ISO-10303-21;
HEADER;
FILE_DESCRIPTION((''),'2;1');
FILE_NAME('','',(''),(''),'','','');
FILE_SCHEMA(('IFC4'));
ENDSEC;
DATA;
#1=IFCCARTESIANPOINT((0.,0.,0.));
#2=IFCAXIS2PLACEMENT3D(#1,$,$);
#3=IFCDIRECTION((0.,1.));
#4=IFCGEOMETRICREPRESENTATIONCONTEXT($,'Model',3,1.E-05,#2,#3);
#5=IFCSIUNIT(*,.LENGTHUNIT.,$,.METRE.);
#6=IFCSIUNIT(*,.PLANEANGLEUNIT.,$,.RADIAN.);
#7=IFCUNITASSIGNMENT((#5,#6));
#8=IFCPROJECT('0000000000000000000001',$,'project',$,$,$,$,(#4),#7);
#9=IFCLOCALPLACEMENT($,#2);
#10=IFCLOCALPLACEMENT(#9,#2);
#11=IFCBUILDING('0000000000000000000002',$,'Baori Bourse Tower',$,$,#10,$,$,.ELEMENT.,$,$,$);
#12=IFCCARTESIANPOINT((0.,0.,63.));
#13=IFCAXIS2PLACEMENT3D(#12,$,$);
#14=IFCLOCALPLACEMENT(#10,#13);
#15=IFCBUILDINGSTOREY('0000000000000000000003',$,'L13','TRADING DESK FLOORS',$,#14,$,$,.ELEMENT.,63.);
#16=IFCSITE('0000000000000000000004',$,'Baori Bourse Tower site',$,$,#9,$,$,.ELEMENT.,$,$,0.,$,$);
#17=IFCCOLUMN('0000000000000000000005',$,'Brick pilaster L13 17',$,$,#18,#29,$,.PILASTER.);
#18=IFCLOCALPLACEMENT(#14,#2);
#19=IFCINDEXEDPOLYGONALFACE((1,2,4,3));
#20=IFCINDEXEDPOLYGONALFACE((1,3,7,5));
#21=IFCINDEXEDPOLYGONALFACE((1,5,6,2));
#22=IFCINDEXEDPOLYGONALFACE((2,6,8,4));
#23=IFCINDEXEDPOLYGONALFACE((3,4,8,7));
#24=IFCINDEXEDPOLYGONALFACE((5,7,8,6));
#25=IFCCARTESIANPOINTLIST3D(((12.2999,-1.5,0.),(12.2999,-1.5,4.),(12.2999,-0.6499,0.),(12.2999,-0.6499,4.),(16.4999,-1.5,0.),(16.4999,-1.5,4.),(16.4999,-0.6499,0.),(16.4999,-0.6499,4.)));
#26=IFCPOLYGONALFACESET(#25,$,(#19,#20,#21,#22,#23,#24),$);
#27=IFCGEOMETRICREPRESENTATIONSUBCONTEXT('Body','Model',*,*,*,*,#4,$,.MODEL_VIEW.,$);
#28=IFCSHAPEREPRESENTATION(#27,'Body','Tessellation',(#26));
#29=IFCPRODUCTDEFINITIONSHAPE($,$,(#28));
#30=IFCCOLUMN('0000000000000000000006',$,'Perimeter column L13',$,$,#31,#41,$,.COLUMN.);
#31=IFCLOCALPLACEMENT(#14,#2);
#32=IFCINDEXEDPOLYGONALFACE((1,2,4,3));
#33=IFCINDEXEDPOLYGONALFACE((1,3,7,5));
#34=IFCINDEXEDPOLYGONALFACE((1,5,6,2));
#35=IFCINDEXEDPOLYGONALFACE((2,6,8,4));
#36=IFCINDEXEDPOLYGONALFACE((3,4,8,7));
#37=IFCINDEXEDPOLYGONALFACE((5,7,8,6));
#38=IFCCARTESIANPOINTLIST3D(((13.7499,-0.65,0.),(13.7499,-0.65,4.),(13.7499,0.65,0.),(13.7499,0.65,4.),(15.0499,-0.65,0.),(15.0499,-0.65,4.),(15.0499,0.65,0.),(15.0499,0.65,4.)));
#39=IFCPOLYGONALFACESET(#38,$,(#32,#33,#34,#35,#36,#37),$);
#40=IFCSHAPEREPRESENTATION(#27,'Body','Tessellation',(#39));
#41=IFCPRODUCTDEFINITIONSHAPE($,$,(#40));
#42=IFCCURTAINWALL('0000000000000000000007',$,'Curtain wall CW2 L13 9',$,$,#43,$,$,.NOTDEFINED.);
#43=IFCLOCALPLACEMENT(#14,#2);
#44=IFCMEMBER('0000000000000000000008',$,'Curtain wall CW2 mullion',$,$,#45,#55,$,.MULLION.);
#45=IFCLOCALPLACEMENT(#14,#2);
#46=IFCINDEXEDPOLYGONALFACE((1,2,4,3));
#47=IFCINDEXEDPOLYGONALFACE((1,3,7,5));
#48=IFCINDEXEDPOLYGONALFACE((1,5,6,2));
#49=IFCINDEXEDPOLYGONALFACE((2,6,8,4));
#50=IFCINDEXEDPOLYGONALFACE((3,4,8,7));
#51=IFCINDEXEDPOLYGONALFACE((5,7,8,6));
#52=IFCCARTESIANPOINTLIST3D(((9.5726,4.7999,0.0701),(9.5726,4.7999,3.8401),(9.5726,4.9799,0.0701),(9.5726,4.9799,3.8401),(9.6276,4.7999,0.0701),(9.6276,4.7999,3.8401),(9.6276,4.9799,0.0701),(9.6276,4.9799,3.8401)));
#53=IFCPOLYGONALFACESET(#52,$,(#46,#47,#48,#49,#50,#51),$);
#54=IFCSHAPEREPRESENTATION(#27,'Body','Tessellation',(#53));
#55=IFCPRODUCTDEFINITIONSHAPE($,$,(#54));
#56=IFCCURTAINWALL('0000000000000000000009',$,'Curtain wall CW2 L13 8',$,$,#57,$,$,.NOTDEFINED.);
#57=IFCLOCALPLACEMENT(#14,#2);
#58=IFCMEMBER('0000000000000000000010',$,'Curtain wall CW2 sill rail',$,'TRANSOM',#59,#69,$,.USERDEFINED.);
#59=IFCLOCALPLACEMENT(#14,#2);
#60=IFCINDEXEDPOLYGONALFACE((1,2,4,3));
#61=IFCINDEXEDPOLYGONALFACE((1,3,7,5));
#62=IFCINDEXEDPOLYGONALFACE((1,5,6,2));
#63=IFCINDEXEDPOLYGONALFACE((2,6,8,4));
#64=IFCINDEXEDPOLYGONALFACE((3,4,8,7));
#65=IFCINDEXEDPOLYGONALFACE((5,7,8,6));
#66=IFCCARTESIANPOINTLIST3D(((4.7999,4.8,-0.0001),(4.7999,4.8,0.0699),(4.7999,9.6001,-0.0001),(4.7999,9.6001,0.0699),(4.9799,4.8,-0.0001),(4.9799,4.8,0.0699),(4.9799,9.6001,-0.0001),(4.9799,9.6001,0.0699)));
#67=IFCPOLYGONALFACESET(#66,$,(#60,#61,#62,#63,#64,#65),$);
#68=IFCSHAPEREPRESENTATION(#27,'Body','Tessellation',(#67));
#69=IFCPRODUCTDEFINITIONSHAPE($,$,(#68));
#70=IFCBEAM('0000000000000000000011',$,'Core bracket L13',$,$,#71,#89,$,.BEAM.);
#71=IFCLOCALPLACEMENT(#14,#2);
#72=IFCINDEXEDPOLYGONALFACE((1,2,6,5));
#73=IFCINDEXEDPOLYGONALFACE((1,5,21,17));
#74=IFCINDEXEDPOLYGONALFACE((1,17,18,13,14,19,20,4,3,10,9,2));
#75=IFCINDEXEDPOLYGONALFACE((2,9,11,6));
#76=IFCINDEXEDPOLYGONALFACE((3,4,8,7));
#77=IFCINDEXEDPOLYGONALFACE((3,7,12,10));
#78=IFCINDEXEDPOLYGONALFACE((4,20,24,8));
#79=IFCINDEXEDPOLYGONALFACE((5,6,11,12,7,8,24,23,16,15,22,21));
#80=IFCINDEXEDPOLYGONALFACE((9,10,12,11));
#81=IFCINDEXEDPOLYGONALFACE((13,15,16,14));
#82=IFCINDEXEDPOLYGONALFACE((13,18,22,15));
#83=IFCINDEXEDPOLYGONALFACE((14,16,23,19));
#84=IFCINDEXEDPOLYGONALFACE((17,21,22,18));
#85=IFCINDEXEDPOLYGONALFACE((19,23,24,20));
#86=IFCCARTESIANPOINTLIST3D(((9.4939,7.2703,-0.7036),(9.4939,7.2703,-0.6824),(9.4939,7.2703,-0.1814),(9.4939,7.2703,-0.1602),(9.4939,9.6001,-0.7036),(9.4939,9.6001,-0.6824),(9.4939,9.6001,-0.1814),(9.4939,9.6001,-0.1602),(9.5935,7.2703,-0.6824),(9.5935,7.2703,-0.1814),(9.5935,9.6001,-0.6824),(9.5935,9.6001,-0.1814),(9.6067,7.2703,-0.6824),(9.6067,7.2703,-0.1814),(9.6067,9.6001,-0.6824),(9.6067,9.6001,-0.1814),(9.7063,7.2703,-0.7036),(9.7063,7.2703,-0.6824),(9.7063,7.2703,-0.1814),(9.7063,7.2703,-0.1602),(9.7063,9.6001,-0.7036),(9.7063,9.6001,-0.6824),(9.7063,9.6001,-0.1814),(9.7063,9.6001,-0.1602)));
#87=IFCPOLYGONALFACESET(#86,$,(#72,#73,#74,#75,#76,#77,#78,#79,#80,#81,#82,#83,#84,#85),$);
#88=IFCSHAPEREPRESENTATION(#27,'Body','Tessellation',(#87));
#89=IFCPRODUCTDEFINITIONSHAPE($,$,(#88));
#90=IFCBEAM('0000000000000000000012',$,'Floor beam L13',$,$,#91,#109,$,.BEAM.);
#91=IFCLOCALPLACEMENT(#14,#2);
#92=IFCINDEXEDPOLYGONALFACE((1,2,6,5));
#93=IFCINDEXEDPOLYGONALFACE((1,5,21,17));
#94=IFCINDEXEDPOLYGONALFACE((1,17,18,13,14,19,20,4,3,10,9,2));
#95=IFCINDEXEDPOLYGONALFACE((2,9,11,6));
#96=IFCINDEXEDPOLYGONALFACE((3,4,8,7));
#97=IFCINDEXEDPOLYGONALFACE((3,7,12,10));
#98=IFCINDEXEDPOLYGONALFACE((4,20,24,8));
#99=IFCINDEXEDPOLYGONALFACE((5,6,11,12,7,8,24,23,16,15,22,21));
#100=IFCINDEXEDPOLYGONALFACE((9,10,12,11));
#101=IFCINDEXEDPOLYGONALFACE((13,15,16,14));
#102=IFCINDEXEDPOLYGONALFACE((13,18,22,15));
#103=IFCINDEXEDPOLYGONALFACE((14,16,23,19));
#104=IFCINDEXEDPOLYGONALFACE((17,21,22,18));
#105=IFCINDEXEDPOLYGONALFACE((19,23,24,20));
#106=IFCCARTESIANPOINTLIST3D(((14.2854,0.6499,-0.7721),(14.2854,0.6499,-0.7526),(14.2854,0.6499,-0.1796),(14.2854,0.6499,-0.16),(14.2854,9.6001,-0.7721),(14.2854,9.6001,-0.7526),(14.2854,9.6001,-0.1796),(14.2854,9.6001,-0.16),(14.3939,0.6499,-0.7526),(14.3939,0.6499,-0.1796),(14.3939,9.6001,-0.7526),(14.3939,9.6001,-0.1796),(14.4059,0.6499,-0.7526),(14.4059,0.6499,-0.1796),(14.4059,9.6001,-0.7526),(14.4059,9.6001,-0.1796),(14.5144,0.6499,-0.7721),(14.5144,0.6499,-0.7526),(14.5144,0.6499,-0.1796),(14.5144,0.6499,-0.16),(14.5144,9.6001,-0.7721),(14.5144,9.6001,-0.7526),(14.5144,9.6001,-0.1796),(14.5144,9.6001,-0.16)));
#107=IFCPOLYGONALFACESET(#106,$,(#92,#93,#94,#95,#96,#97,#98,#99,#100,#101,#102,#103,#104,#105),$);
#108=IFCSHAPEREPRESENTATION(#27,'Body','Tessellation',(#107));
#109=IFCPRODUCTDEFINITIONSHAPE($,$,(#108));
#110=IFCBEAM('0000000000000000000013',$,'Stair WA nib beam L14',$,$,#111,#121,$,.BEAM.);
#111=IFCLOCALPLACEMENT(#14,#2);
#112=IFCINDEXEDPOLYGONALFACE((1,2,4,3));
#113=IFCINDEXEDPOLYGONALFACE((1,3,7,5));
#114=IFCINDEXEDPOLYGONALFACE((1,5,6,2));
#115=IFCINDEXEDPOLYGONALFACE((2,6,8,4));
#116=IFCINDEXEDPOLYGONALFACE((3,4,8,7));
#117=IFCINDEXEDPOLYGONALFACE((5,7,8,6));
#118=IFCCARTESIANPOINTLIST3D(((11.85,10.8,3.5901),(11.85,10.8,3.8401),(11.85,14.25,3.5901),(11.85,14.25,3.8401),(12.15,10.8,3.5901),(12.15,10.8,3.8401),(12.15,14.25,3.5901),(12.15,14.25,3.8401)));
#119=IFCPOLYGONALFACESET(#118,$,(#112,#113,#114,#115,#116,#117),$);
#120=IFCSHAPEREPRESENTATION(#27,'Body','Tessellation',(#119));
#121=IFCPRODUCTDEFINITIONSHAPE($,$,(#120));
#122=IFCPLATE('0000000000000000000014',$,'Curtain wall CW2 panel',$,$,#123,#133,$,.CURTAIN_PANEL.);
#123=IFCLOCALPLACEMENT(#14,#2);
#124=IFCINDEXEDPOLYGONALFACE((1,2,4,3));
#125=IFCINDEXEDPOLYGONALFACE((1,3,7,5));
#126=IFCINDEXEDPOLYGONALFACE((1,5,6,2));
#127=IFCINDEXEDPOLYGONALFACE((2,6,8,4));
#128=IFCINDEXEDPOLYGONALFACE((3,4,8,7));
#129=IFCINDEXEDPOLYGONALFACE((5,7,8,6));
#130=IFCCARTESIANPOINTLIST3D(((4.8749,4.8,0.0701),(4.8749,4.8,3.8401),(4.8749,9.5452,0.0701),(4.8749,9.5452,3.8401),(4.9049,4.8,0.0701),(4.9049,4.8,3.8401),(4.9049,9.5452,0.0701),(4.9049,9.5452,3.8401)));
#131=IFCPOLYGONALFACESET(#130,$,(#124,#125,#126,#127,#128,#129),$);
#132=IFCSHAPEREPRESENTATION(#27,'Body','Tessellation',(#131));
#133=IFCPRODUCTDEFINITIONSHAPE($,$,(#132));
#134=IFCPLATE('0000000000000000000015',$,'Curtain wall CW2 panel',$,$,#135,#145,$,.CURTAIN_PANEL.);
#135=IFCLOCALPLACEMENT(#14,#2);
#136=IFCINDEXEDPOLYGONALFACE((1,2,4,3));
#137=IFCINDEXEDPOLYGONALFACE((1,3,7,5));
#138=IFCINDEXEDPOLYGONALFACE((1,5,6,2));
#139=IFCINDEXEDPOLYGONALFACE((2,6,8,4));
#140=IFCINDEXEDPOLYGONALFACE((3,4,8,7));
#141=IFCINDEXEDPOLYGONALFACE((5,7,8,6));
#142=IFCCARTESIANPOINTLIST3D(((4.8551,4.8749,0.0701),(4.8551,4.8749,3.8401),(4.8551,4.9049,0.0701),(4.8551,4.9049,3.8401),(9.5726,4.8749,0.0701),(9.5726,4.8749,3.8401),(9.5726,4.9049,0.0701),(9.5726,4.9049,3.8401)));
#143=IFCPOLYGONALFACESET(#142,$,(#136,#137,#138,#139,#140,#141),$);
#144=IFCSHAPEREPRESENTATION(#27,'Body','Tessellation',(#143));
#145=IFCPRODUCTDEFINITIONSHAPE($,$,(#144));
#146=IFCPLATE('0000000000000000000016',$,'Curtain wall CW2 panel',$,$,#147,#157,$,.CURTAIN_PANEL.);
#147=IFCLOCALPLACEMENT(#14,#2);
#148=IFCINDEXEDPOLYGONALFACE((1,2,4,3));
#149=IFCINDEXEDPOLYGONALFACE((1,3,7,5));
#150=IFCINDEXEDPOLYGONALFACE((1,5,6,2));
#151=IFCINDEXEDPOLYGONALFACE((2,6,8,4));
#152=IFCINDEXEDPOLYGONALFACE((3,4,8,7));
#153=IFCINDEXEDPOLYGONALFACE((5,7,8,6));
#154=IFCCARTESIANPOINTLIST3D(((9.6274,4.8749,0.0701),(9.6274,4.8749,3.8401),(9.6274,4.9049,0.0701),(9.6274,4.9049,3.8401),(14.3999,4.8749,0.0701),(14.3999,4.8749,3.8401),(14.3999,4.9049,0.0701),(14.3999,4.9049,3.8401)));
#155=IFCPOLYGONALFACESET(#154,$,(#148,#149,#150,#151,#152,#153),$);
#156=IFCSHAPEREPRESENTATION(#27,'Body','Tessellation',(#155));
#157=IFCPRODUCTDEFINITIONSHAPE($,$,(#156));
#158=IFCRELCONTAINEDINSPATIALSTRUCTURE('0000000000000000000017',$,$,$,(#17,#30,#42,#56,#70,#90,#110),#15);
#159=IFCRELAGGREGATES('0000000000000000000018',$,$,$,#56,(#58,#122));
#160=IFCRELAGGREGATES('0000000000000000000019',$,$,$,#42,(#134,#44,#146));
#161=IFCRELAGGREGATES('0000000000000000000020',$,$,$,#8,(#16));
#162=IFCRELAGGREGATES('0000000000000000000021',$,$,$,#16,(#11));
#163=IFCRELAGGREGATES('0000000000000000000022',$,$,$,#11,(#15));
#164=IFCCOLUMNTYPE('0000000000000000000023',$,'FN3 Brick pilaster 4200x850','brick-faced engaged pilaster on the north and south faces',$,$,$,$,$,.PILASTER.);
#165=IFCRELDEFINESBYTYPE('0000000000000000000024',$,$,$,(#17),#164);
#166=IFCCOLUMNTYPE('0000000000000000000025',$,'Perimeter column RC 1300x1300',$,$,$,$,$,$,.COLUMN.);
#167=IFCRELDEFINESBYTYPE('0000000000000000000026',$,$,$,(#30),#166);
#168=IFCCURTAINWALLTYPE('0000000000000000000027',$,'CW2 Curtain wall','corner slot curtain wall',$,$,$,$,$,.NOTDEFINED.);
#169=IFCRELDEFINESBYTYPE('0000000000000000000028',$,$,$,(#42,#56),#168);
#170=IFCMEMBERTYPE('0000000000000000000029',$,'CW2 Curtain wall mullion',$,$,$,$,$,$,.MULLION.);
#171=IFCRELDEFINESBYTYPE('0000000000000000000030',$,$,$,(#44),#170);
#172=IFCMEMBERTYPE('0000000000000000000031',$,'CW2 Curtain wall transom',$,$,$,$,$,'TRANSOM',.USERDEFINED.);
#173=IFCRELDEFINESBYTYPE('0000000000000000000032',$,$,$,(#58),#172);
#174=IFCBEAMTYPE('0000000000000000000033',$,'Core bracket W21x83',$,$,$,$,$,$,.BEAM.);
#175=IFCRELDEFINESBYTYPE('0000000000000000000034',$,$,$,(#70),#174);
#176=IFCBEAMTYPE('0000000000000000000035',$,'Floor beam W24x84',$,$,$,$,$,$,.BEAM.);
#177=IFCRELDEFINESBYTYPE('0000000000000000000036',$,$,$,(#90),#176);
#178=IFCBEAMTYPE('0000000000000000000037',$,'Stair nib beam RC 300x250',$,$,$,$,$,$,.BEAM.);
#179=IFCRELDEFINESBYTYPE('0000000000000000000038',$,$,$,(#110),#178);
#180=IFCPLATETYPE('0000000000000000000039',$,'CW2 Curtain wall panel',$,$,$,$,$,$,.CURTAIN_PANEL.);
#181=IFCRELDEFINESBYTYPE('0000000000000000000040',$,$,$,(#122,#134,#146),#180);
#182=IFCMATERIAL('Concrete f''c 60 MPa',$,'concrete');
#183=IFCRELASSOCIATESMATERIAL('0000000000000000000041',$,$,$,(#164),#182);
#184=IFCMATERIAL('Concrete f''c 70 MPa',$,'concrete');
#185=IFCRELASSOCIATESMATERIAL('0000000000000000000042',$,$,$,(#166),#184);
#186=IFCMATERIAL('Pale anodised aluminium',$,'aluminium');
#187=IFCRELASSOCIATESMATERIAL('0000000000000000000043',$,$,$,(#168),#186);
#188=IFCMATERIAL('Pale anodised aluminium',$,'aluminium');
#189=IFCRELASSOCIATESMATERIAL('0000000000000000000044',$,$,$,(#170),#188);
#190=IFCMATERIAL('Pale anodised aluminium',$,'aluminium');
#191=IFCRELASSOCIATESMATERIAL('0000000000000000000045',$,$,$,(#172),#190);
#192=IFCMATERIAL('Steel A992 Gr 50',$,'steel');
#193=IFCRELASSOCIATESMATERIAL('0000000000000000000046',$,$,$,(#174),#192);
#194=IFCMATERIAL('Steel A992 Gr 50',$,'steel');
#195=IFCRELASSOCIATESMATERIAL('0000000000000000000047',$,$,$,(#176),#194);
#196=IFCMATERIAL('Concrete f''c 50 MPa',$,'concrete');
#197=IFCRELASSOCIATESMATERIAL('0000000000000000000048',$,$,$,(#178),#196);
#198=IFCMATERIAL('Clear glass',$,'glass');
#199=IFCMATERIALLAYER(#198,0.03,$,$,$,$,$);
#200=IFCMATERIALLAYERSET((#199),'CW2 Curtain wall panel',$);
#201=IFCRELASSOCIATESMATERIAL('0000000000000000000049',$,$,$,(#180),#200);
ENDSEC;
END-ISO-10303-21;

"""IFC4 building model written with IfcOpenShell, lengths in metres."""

from ifc_helpers import new_model, si_unit, direction, frame, origin, origin_2d, place, context, subcontext, project, spatial, rectangle, i_section, extrude, material, layer, layer_set, material_profile, profile_set, type_object, element, aggregate, save


model = new_model("IFC4")

# Units and contexts
model_context = context("Model", 3, precision=1e-05, world=origin(), true_north=direction((0.0, 1.0)))
body_context = subcontext(model_context, "Body", "Model", "MODEL_VIEW")
ifc_project = project(units=[si_unit("LENGTHUNIT", "METRE"), si_unit("PLANEANGLEUNIT", "RADIAN")], contexts=[model_context])

# Site, building, storey
site_placement = place(None, origin())
site = spatial("IfcSite", under=ifc_project, at=site_placement, Name="Baori Bourse Tower site", CompositionType="ELEMENT", RefElevation=0.0)
building_placement = place(site_placement, origin())
building = spatial("IfcBuilding", under=site, at=building_placement, Name="Baori Bourse Tower", CompositionType="ELEMENT")
storey_placement = place(building_placement, frame((0.0, 0.0, 63.0)))
storey = spatial("IfcBuildingStorey", under=building, at=storey_placement, Name="L13", Description="TRADING DESK FLOORS", CompositionType="ELEMENT", Elevation=63.0)

# Columns
ifc_material_1 = material(Name="Concrete f'c 60 MPa", Category="concrete")
ifc_material_profile_1 = material_profile(ifc_material_1, rectangle(XDim=4.2, YDim=0.8501, at=origin_2d()), Name="RC 4200x850")
ifc_profile_set_1 = profile_set([ifc_material_profile_1], Name="Concrete f'c 60 MPa")
column_type_1 = type_object("IfcColumnType", Name="FN3 Brick pilaster 4200x850", Description="brick-faced engaged pilaster on the north and south faces", PredefinedType="PILASTER", material=ifc_profile_set_1)
column_1_placement = place(storey_placement, frame((14.3999, -1.075, 0.0), z_axis=(0.0, 0.0, 1.0), x_axis=(1.0, 0.0, 0.0)))
element("IfcColumn", 1, at=column_1_placement, inside=storey, type_object=column_type_1, Name="Brick pilaster L13 17", PredefinedType="PILASTER", context=body_context, shape_type="SweptSolid", body=[
    extrude(rectangle(XDim=4.2, YDim=0.8501, at=origin_2d()), origin(), (0.0, 0.0, 1.0), 4.0),
])
ifc_material_2 = material(Name="Concrete f'c 70 MPa", Category="concrete")
ifc_material_profile_2 = material_profile(ifc_material_2, rectangle(XDim=1.3, YDim=1.3, at=origin_2d()), Name="RC 1300x1300")
ifc_profile_set_2 = profile_set([ifc_material_profile_2], Name="Concrete f'c 70 MPa")
column_type_2 = type_object("IfcColumnType", Name="Perimeter column RC 1300x1300", PredefinedType="COLUMN", material=ifc_profile_set_2)
column_2_placement = place(storey_placement, frame((14.3999, 0.0, 0.0), z_axis=(0.0, 0.0, 1.0), x_axis=(1.0, 0.0, 0.0)))
element("IfcColumn", 2, at=column_2_placement, inside=storey, type_object=column_type_2, Name="Perimeter column L13", PredefinedType="COLUMN", context=body_context, shape_type="SweptSolid", body=[
    extrude(rectangle(XDim=1.3, YDim=1.3, at=origin_2d()), origin(), (0.0, 0.0, 1.0), 4.0),
])

# Curtain walls, members
ifc_material_3 = material(Name="Pale anodised aluminium", Category="aluminium")
curtain_wall_type = type_object("IfcCurtainWallType", Name="CW2 Curtain wall", Description="corner slot curtain wall", PredefinedType="NOTDEFINED", material=ifc_material_3)
curtain_wall_1_placement = place(storey_placement, origin())
curtain_wall_1 = element("IfcCurtainWall", 3, at=curtain_wall_1_placement, inside=storey, type_object=curtain_wall_type, Name="Curtain wall CW2 L13 9", PredefinedType="NOTDEFINED")
ifc_material_4 = material(Name="Pale anodised aluminium", Category="aluminium")
ifc_material_profile_3 = material_profile(ifc_material_4, rectangle(XDim=0.1799, YDim=0.0549, at=origin_2d()), Name="Mullion 55x180")
ifc_profile_set_3 = profile_set([ifc_material_profile_3], Name="Pale anodised aluminium")
member_type_1 = type_object("IfcMemberType", Name="CW2 Curtain wall mullion", PredefinedType="MULLION", material=ifc_profile_set_3)
member_1_placement = place(storey_placement, frame((9.6001, 4.8899, 0.0701), z_axis=(0.0, 0.0, 1.0), x_axis=(0.0, 1.0, 0.0)))
member_1 = element("IfcMember", 4, at=member_1_placement, type_object=member_type_1, Name="Curtain wall CW2 mullion", PredefinedType="MULLION", context=body_context, shape_type="SweptSolid", body=[
    extrude(rectangle(XDim=0.1799, YDim=0.0549, at=origin_2d()), origin(), (0.0, 0.0, 1.0), 3.77),
])
curtain_wall_2_placement = place(storey_placement, origin())
curtain_wall_2 = element("IfcCurtainWall", 5, at=curtain_wall_2_placement, inside=storey, type_object=curtain_wall_type, Name="Curtain wall CW2 L13 8", PredefinedType="NOTDEFINED")
ifc_material_5 = material(Name="Pale anodised aluminium", Category="aluminium")
ifc_material_profile_4 = material_profile(ifc_material_5, rectangle(XDim=0.1799, YDim=0.0701, at=origin_2d()), Name="Transom 70x180")
ifc_profile_set_4 = profile_set([ifc_material_profile_4], Name="Pale anodised aluminium")
member_type_2 = type_object("IfcMemberType", Name="CW2 Curtain wall transom", ElementType="TRANSOM", PredefinedType="USERDEFINED", material=ifc_profile_set_4)
member_2_placement = place(storey_placement, frame((4.8899, 9.6001, 0.0349), z_axis=(0.0, -1.0, 0.0), x_axis=(1.0, 0.0, 0.0)))
member_2 = element("IfcMember", 6, at=member_2_placement, type_object=member_type_2, Name="Curtain wall CW2 sill rail", ObjectType="TRANSOM", PredefinedType="USERDEFINED", context=body_context, shape_type="SweptSolid", body=[
    extrude(rectangle(XDim=0.1799, YDim=0.0701, at=origin_2d()), origin(), (0.0, 0.0, 1.0), 4.8),
])

# Beams
ifc_material_6 = material(Name="Steel A992 Gr 50", Category="steel")
ifc_material_profile_5 = material_profile(ifc_material_6, i_section(OverallWidth=0.2124, OverallDepth=0.5435, WebThickness=0.0132, FlangeThickness=0.0212, at=origin_2d()), Name="W21x83")
ifc_profile_set_5 = profile_set([ifc_material_profile_5], Name="Steel A992 Gr 50")
beam_type_1 = type_object("IfcBeamType", Name="Core bracket W21x83", PredefinedType="BEAM", material=ifc_profile_set_5)
beam_1_placement = place(storey_placement, frame((9.6001, 7.2703, -0.4319), z_axis=(0.0, 1.0, 0.0), x_axis=(-1.0, 0.0, 0.0)))
element("IfcBeam", 7, at=beam_1_placement, inside=storey, type_object=beam_type_1, Name="Core bracket L13", PredefinedType="BEAM", context=body_context, shape_type="SweptSolid", body=[
    extrude(i_section(OverallWidth=0.2124, OverallDepth=0.5435, WebThickness=0.0132, FlangeThickness=0.0212, at=origin_2d()), origin(), (0.0, 0.0, 1.0), 2.3298),
])
ifc_material_7 = material(Name="Steel A992 Gr 50", Category="steel")
ifc_material_profile_6 = material_profile(ifc_material_7, i_section(OverallWidth=0.229, OverallDepth=0.6121, WebThickness=0.012, FlangeThickness=0.0195, at=origin_2d()), Name="W24x84")
ifc_profile_set_6 = profile_set([ifc_material_profile_6], Name="Steel A992 Gr 50")
beam_type_2 = type_object("IfcBeamType", Name="Floor beam W24x84", PredefinedType="BEAM", material=ifc_profile_set_6)
beam_2_placement = place(storey_placement, frame((14.3999, 0.6499, -0.4661), z_axis=(0.0, 1.0, 0.0), x_axis=(-1.0, 0.0, 0.0)))
element("IfcBeam", 8, at=beam_2_placement, inside=storey, type_object=beam_type_2, Name="Floor beam L13", PredefinedType="BEAM", context=body_context, shape_type="SweptSolid", body=[
    extrude(i_section(OverallWidth=0.229, OverallDepth=0.6121, WebThickness=0.012, FlangeThickness=0.0195, at=origin_2d()), origin(), (0.0, 0.0, 1.0), 8.9502),
])
ifc_material_8 = material(Name="Concrete f'c 50 MPa", Category="concrete")
ifc_material_profile_7 = material_profile(ifc_material_8, rectangle(XDim=0.3, YDim=0.25, at=origin_2d()), Name="RC 300x250")
ifc_profile_set_7 = profile_set([ifc_material_profile_7], Name="Concrete f'c 50 MPa")
beam_type_3 = type_object("IfcBeamType", Name="Stair nib beam RC 300x250", PredefinedType="BEAM", material=ifc_profile_set_7)
beam_3_placement = place(storey_placement, frame((12.0, 10.8, 3.7151), z_axis=(0.0, 1.0, 0.0), x_axis=(-1.0, 0.0, 0.0)))
element("IfcBeam", 9, at=beam_3_placement, inside=storey, type_object=beam_type_3, Name="Stair WA nib beam L14", PredefinedType="BEAM", context=body_context, shape_type="SweptSolid", body=[
    extrude(rectangle(XDim=0.3, YDim=0.25, at=origin_2d()), origin(), (0.0, 0.0, 1.0), 3.45),
])

# Plates
ifc_material_9 = material(Name="Clear glass", Category="glass")
ifc_layer_1 = layer(ifc_material_9, 0.03)
ifc_layer_set_1 = layer_set([ifc_layer_1], Name="CW2 Curtain wall panel")
plate_type = type_object("IfcPlateType", Name="CW2 Curtain wall panel", PredefinedType="CURTAIN_PANEL", material=ifc_layer_set_1)
plate_1_placement = place(storey_placement, frame((4.8899, 7.1726, 0.0701), z_axis=(0.0, 0.0, 1.0), x_axis=(0.0, -1.0, 0.0)))
plate_1 = element("IfcPlate", 10, at=plate_1_placement, type_object=plate_type, Name="Curtain wall CW2 panel", PredefinedType="CURTAIN_PANEL", context=body_context, shape_type="SweptSolid", body=[
    extrude(rectangle(XDim=4.7451, YDim=0.03, at=origin_2d()), origin(), (0.0, 0.0, 1.0), 3.77),
])
aggregate(curtain_wall_2, [member_2, plate_1])
plate_2_placement = place(storey_placement, frame((7.2139, 4.8899, 0.0701), z_axis=(0.0, 0.0, 1.0), x_axis=(1.0, 0.0, 0.0)))
plate_2 = element("IfcPlate", 11, at=plate_2_placement, type_object=plate_type, Name="Curtain wall CW2 panel", PredefinedType="CURTAIN_PANEL", context=body_context, shape_type="SweptSolid", body=[
    extrude(rectangle(XDim=4.7175, YDim=0.03, at=origin_2d()), origin(), (0.0, 0.0, 1.0), 3.77),
])
plate_3_placement = place(storey_placement, frame((12.0137, 4.8899, 0.0701), z_axis=(0.0, 0.0, 1.0), x_axis=(1.0, 0.0, 0.0)))
plate_3 = element("IfcPlate", 12, at=plate_3_placement, type_object=plate_type, Name="Curtain wall CW2 panel", PredefinedType="CURTAIN_PANEL", context=body_context, shape_type="SweptSolid", body=[
    extrude(rectangle(XDim=4.7725, YDim=0.03, at=origin_2d()), origin(), (0.0, 0.0, 1.0), 3.77),
])
aggregate(curtain_wall_1, [plate_2, member_1, plate_3])

save(model, "model.ifc")
